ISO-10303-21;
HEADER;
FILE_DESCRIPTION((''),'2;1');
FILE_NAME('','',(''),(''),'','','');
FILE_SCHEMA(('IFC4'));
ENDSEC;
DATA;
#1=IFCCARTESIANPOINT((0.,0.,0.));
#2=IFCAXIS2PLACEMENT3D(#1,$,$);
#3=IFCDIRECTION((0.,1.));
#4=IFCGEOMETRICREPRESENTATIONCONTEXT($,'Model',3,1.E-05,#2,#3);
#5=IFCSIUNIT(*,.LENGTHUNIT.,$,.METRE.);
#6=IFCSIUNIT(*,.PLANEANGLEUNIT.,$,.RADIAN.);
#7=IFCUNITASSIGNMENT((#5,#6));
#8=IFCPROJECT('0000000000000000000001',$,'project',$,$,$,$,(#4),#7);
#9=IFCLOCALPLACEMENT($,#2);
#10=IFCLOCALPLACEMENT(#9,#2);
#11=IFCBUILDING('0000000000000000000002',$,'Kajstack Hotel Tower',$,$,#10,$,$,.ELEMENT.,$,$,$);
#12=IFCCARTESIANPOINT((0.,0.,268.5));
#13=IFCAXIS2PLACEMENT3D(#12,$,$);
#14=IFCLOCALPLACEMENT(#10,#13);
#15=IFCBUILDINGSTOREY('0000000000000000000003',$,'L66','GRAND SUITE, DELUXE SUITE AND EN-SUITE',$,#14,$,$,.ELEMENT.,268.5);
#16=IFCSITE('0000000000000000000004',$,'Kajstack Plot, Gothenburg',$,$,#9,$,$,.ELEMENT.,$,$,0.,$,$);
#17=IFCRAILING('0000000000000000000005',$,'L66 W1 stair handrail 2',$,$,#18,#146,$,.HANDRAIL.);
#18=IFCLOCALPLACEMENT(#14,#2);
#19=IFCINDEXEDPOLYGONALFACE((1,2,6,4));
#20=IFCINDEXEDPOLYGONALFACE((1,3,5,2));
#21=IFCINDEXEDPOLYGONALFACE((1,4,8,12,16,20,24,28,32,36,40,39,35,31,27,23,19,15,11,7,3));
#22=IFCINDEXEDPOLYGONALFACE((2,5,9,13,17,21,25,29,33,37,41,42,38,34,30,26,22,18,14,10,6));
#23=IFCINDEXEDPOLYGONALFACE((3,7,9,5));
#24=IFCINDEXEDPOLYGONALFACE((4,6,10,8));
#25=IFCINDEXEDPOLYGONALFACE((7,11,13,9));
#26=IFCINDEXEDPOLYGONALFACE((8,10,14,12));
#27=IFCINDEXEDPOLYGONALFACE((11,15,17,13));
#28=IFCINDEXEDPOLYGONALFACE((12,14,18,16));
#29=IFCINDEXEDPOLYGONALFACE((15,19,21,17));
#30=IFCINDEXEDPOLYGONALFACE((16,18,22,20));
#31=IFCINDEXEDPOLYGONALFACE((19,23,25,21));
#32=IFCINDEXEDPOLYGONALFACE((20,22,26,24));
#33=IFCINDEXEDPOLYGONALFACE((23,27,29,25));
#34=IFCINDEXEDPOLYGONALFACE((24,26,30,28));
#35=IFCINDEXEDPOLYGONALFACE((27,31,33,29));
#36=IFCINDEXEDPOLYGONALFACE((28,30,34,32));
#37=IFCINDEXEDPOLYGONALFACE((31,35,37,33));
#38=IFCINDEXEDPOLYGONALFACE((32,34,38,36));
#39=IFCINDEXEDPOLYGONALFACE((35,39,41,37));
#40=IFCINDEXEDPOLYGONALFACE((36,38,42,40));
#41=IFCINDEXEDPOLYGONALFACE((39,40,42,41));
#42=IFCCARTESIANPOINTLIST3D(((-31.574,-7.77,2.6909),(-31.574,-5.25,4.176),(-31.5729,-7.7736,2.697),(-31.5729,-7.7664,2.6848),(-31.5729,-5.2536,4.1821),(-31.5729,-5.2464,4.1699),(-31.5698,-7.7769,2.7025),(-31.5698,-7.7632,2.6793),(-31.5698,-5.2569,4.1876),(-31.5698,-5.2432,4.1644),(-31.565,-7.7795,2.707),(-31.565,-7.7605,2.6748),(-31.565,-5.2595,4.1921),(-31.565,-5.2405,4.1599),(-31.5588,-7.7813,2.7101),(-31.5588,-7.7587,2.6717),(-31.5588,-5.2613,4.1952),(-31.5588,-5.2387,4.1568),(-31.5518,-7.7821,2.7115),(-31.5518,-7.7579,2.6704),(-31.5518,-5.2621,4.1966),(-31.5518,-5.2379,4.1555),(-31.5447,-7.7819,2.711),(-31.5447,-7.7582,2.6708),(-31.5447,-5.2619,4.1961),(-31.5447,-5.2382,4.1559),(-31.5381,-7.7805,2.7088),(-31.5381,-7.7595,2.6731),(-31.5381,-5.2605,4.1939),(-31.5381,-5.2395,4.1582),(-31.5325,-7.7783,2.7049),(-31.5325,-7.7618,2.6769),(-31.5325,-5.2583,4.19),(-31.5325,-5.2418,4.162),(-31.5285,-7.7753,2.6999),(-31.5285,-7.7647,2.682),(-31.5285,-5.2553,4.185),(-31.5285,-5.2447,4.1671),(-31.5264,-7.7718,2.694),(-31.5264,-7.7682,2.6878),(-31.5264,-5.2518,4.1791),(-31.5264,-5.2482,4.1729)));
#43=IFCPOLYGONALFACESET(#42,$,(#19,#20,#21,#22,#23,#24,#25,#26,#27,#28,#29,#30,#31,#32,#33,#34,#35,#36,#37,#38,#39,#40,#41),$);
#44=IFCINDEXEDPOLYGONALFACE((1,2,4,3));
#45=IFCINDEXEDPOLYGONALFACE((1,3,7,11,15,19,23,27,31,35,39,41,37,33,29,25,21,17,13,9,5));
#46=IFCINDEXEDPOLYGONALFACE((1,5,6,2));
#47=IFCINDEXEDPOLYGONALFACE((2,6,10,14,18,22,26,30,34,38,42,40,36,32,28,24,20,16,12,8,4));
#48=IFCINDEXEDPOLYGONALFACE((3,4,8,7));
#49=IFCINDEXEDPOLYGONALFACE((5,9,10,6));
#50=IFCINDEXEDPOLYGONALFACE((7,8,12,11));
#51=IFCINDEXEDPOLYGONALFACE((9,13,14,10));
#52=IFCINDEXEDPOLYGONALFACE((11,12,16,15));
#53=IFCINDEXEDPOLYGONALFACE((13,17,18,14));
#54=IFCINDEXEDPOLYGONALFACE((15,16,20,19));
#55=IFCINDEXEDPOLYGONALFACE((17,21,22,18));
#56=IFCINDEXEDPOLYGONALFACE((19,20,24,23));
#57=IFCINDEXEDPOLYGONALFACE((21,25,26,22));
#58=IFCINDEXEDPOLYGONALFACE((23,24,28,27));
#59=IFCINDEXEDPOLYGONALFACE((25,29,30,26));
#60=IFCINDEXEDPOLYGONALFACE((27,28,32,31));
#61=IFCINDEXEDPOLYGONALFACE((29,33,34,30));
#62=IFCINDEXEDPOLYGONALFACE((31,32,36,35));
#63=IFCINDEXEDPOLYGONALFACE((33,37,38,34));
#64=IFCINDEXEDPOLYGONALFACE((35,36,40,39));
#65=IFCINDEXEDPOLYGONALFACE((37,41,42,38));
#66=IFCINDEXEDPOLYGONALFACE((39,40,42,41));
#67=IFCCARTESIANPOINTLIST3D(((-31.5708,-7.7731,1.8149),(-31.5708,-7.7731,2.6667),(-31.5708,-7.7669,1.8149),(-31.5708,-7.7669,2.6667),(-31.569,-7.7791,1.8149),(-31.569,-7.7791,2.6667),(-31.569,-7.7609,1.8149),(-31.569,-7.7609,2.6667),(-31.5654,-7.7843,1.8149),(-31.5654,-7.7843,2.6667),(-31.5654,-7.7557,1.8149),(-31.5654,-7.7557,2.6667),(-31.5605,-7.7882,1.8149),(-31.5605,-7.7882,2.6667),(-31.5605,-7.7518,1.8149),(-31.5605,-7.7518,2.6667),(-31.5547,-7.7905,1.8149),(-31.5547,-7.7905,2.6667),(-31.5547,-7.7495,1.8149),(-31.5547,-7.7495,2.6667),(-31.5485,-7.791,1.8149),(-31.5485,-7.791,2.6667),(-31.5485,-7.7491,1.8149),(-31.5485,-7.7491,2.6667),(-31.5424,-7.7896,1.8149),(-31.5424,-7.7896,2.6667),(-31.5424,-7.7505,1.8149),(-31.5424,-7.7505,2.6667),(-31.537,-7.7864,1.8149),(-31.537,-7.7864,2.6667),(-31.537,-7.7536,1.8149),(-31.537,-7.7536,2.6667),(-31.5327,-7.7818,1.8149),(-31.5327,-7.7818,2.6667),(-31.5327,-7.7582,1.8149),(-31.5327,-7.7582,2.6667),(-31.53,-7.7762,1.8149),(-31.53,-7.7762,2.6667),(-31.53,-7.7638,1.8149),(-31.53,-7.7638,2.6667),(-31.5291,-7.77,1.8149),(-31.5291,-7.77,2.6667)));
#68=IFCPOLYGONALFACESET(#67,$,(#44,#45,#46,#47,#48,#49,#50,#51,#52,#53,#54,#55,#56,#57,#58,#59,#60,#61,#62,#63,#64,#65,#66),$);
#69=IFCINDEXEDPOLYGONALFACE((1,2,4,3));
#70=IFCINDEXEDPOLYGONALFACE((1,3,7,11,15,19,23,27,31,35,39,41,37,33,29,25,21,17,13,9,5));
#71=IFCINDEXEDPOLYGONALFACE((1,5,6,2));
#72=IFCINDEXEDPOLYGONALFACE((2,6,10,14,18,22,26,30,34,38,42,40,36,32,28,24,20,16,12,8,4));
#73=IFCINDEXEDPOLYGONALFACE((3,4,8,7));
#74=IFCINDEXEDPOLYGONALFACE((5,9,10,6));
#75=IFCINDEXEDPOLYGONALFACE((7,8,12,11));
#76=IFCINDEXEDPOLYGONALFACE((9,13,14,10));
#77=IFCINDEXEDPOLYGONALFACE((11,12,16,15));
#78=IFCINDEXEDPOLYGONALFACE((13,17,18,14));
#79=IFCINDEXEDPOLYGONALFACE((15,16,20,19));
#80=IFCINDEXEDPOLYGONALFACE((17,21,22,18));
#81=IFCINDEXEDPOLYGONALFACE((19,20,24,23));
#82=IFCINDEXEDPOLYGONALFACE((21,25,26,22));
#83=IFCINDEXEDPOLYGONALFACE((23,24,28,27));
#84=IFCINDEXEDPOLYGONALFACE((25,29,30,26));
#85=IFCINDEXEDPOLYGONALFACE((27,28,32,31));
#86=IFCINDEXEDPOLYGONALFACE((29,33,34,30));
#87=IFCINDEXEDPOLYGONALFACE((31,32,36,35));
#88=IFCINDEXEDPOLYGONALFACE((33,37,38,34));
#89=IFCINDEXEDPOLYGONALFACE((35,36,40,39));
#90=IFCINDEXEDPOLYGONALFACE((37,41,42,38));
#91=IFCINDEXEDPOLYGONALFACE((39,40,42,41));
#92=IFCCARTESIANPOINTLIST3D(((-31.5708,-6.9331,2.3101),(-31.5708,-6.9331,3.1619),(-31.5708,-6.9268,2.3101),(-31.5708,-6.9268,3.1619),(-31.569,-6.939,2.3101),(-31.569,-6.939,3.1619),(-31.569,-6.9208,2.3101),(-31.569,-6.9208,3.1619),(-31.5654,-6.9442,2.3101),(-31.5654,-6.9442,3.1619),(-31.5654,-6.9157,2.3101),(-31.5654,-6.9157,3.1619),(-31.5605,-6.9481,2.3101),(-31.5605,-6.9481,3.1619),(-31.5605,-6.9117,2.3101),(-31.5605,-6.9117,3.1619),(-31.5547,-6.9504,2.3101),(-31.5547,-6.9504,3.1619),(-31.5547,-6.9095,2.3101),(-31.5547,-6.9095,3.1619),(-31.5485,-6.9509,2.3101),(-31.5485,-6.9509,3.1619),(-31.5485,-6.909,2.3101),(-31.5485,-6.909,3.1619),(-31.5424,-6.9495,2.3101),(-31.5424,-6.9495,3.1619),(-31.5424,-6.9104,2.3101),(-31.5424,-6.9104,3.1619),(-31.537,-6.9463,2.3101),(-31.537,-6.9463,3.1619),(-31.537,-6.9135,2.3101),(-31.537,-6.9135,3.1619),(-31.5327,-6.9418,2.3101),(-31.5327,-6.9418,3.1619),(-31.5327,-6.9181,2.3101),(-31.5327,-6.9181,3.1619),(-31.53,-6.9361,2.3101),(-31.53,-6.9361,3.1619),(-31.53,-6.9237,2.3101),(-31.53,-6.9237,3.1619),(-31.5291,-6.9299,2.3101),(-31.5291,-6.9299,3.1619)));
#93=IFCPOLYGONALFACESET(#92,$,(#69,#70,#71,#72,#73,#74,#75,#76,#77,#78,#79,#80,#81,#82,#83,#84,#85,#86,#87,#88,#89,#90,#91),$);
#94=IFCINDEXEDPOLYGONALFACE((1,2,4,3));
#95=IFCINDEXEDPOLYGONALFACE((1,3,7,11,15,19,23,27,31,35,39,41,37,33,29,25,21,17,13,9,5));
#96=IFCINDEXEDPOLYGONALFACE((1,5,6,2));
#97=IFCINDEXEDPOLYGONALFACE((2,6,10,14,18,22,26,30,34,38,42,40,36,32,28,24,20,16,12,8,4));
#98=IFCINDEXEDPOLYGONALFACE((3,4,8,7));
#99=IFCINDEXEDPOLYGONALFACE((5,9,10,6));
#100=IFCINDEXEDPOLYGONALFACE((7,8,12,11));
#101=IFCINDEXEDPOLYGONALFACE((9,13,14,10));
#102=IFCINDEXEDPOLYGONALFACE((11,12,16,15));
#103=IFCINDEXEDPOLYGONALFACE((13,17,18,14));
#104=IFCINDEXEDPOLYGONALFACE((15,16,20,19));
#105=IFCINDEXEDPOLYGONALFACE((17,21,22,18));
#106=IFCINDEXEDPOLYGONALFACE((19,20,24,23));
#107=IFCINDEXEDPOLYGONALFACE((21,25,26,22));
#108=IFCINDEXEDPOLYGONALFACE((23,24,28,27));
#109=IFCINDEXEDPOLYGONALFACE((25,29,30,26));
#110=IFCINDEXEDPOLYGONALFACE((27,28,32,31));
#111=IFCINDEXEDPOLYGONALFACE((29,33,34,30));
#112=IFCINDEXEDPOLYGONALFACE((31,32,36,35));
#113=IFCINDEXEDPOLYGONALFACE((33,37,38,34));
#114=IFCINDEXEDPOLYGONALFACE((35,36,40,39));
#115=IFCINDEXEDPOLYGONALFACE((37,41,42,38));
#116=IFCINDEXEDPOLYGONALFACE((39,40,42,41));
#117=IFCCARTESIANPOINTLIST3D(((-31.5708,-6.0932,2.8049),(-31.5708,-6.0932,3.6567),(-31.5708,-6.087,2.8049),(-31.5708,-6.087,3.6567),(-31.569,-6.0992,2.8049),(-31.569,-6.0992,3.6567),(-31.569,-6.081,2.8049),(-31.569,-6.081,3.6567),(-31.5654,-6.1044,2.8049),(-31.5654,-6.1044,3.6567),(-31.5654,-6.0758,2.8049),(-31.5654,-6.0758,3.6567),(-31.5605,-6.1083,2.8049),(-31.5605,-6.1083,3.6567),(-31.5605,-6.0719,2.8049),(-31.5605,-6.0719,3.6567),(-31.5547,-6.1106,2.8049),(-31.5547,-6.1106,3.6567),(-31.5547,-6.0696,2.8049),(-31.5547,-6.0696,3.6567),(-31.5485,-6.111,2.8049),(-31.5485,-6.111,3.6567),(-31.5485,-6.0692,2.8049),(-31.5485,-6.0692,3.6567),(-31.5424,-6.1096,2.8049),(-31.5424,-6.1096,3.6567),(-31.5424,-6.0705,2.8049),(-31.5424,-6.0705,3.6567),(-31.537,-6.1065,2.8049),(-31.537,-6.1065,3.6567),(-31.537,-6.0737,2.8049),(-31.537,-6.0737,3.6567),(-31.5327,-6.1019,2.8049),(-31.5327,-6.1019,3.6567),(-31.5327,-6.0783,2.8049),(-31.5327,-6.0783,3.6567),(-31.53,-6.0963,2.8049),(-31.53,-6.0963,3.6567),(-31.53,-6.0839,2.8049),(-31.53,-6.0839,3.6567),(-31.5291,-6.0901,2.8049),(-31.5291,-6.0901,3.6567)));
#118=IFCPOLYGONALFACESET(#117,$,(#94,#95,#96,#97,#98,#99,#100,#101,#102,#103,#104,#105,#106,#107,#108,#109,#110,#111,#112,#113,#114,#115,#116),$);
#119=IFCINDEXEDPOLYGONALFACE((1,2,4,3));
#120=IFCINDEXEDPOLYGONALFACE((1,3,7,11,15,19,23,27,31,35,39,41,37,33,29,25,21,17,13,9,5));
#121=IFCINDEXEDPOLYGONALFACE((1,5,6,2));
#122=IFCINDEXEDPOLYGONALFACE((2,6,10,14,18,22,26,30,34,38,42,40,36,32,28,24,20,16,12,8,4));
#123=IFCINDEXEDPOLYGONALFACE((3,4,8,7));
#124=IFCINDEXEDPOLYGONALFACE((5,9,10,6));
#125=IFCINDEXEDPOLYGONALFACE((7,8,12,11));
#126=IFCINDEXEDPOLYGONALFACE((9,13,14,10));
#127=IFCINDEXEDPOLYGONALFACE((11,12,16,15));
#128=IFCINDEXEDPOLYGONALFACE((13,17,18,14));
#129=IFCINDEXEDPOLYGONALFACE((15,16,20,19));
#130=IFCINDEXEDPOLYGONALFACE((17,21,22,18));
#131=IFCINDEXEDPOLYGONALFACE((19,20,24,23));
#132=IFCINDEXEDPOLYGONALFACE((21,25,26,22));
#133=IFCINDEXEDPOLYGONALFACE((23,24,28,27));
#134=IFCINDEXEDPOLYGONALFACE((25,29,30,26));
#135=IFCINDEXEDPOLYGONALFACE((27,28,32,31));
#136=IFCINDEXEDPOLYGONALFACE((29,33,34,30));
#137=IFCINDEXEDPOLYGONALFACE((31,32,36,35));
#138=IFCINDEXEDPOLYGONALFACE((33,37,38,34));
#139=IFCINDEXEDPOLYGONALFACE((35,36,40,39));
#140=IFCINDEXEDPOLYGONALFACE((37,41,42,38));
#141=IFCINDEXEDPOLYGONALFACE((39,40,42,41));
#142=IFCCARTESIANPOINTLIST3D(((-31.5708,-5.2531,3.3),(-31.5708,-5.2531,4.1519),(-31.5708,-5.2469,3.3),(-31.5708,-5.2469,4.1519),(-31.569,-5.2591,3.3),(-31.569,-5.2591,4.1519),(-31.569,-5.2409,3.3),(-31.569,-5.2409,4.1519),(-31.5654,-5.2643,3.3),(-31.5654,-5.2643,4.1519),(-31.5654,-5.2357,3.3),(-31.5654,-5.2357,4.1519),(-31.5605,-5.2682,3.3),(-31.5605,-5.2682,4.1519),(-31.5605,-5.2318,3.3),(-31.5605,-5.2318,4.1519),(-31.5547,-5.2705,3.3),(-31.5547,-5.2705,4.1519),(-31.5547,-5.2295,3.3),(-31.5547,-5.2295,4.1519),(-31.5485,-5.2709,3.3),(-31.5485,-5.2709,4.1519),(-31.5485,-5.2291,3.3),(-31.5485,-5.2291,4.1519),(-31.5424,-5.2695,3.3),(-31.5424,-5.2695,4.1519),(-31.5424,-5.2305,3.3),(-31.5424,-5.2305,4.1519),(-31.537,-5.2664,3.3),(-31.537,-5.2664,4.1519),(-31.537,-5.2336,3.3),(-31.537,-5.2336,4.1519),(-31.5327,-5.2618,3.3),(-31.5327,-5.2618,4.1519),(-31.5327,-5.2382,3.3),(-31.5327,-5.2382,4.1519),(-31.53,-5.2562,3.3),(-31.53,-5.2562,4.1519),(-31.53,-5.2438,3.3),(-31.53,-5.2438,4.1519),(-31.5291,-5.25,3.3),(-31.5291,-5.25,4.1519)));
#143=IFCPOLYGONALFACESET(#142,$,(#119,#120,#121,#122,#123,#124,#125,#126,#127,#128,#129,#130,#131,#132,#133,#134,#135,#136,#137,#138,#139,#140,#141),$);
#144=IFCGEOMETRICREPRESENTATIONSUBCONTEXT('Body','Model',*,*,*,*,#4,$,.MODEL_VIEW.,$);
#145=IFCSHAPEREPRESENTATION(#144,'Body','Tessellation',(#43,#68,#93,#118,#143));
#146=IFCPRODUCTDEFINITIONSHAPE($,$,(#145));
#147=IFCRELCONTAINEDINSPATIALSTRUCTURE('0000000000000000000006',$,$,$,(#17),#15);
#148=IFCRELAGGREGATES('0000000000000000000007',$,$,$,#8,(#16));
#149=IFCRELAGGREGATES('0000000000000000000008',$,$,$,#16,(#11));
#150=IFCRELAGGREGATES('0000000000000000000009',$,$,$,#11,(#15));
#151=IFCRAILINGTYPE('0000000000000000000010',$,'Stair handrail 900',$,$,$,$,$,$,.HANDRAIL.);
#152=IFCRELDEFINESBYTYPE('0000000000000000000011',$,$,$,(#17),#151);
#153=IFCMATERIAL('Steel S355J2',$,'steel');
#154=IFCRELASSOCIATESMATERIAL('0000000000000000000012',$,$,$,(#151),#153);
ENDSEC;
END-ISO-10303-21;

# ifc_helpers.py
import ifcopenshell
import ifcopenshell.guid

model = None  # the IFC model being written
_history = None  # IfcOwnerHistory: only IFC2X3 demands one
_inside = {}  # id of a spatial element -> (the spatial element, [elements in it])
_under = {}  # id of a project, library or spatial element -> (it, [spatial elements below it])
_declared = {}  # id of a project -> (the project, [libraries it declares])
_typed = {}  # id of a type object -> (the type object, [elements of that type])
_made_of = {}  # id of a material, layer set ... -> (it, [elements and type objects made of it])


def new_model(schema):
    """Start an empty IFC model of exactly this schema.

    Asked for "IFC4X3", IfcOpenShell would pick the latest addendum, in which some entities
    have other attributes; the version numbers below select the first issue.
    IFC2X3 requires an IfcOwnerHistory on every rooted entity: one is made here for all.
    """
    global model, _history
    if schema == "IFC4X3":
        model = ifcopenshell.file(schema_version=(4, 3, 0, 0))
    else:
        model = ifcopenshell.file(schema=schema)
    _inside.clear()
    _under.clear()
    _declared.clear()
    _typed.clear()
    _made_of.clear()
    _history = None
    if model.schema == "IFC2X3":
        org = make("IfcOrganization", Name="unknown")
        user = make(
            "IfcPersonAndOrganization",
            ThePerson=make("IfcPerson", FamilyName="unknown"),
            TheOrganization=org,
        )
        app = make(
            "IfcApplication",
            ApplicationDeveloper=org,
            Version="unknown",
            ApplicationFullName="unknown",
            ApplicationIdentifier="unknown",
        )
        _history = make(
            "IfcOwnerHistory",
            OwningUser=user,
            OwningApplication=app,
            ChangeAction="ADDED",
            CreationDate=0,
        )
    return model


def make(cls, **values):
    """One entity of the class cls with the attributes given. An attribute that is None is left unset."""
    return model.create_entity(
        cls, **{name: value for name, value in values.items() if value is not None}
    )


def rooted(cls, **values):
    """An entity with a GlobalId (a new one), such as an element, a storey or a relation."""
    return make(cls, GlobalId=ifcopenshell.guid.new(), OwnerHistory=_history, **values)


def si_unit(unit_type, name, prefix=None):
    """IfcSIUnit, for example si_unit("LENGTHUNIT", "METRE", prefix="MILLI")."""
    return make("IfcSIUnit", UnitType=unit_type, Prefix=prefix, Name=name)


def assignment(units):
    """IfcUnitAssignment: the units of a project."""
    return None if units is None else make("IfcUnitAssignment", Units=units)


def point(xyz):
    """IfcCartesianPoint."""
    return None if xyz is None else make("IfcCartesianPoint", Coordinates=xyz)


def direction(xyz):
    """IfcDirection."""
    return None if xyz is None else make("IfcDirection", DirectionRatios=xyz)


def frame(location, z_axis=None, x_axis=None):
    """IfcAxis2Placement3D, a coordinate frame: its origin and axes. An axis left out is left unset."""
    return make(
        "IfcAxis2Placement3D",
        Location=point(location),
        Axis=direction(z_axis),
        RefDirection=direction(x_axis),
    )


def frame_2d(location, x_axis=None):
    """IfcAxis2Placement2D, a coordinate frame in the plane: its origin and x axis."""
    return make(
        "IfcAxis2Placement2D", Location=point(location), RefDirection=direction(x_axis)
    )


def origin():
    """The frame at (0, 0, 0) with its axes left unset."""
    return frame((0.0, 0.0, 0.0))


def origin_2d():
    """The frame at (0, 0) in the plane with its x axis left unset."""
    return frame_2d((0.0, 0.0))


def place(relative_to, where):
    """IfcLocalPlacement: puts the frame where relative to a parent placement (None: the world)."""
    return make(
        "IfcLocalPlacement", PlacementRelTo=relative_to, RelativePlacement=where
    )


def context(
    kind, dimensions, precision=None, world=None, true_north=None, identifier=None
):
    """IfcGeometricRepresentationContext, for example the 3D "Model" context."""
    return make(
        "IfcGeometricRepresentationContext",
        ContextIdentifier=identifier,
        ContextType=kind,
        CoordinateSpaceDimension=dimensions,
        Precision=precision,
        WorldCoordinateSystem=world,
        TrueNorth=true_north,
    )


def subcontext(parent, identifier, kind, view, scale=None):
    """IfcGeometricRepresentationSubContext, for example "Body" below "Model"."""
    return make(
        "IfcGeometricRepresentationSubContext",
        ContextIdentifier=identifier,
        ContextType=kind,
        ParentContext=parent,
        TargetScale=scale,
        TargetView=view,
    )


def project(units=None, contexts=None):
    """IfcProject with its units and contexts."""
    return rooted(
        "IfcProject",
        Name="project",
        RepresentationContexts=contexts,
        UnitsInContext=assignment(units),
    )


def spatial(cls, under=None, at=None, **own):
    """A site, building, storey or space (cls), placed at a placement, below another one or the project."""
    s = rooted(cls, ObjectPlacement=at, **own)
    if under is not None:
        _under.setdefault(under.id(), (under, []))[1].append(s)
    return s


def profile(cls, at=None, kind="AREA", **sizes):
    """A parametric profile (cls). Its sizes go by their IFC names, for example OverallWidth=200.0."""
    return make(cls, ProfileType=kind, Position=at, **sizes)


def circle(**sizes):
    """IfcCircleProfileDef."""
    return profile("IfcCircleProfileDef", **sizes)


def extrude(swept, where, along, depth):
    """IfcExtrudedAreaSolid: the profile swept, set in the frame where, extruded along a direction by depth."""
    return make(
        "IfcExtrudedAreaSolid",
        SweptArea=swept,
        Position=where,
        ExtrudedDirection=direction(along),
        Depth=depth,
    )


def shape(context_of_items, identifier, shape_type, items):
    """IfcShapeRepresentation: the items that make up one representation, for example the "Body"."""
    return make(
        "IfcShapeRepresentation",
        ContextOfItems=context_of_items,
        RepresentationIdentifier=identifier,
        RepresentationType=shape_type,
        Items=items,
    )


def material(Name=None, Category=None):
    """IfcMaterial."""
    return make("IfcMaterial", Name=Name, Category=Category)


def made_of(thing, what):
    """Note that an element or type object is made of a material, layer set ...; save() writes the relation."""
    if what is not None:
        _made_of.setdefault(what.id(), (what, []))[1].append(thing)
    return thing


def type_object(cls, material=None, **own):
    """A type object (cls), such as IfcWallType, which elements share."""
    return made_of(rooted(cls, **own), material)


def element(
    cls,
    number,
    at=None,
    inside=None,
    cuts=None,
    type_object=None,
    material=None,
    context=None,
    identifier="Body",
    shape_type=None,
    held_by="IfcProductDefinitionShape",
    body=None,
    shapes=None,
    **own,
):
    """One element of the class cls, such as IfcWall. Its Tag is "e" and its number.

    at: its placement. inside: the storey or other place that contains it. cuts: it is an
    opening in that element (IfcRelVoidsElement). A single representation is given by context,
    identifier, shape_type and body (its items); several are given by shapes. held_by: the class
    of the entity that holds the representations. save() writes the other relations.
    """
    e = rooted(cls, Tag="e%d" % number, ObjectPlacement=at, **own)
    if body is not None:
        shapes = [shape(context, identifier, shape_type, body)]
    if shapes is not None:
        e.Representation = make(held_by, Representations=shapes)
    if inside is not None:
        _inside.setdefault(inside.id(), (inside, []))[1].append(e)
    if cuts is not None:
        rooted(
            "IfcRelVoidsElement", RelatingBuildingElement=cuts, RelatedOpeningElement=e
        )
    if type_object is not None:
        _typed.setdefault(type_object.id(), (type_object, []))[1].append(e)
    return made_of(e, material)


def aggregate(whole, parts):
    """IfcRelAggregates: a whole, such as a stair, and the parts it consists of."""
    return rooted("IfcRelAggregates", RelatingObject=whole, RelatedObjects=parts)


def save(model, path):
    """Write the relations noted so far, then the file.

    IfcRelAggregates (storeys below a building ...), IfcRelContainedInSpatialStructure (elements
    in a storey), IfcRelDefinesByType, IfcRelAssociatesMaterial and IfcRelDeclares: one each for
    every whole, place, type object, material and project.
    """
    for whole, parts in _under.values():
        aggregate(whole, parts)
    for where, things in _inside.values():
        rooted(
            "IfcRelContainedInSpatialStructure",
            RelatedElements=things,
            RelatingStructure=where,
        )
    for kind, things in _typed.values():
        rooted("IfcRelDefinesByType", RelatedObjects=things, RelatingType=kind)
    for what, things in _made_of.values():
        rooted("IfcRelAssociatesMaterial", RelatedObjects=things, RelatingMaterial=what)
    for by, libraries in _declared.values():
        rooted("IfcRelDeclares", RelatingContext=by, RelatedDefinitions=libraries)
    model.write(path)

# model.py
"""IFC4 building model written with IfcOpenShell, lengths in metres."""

from ifc_helpers import new_model, si_unit, direction, frame, origin, origin_2d, place, context, subcontext, project, spatial, circle, extrude, material, type_object, element, save


model = new_model("IFC4")

# Units and contexts
model_context = context("Model", 3, precision=1e-05, world=origin(), true_north=direction((0.0, 1.0)))
body_context = subcontext(model_context, "Body", "Model", "MODEL_VIEW")
ifc_project = project(units=[si_unit("LENGTHUNIT", "METRE"), si_unit("PLANEANGLEUNIT", "RADIAN")], contexts=[model_context])

# Site, building, storey
site_placement = place(None, origin())
site = spatial("IfcSite", under=ifc_project, at=site_placement, Name="Kajstack Plot, Gothenburg", CompositionType="ELEMENT", RefElevation=0.0)
building_placement = place(site_placement, origin())
building = spatial("IfcBuilding", under=site, at=building_placement, Name="Kajstack Hotel Tower", CompositionType="ELEMENT")
storey_placement = place(building_placement, frame((0.0, 0.0, 268.5)))
storey = spatial("IfcBuildingStorey", under=building, at=storey_placement, Name="L66", Description="GRAND SUITE, DELUXE SUITE AND EN-SUITE", CompositionType="ELEMENT", Elevation=268.5)

# Railing
ifc_material_1 = material(Name="Steel S355J2", Category="steel")
railing_type_1 = type_object("IfcRailingType", Name="Stair handrail 900", PredefinedType="HANDRAIL", material=ifc_material_1)
railing_1_placement = place(storey_placement, frame((-31.55, -7.77, 1.8149)))
element("IfcRailing", 1, at=railing_1_placement, inside=storey, type_object=railing_type_1, Name="L66 W1 stair handrail 2", PredefinedType="HANDRAIL", context=body_context, shape_type="SweptSolid", body=[
    extrude(circle(Radius=0.0239, at=origin_2d()), frame((0.0, 0.0, 0.876), z_axis=(0.0, 0.861524, 0.507717), x_axis=(-1.0, 0.0, 0.0)), (0.0, 0.0, 1.0), 2.925),
    extrude(circle(Radius=0.021, at=origin_2d()), origin(), (0.0, 0.0, 1.0), 0.8518),
    extrude(circle(Radius=0.021, at=origin_2d()), frame((0.0, 0.8401, 0.4951)), (0.0, 0.0, 1.0), 0.8518),
    extrude(circle(Radius=0.021, at=origin_2d()), frame((0.0, 1.6799, 0.99)), (0.0, 0.0, 1.0), 0.8518),
    extrude(circle(Radius=0.021, at=origin_2d()), frame((0.0, 2.52, 1.4851)), (0.0, 0.0, 1.0), 0.8518),
])

save(model, "model.ifc")
